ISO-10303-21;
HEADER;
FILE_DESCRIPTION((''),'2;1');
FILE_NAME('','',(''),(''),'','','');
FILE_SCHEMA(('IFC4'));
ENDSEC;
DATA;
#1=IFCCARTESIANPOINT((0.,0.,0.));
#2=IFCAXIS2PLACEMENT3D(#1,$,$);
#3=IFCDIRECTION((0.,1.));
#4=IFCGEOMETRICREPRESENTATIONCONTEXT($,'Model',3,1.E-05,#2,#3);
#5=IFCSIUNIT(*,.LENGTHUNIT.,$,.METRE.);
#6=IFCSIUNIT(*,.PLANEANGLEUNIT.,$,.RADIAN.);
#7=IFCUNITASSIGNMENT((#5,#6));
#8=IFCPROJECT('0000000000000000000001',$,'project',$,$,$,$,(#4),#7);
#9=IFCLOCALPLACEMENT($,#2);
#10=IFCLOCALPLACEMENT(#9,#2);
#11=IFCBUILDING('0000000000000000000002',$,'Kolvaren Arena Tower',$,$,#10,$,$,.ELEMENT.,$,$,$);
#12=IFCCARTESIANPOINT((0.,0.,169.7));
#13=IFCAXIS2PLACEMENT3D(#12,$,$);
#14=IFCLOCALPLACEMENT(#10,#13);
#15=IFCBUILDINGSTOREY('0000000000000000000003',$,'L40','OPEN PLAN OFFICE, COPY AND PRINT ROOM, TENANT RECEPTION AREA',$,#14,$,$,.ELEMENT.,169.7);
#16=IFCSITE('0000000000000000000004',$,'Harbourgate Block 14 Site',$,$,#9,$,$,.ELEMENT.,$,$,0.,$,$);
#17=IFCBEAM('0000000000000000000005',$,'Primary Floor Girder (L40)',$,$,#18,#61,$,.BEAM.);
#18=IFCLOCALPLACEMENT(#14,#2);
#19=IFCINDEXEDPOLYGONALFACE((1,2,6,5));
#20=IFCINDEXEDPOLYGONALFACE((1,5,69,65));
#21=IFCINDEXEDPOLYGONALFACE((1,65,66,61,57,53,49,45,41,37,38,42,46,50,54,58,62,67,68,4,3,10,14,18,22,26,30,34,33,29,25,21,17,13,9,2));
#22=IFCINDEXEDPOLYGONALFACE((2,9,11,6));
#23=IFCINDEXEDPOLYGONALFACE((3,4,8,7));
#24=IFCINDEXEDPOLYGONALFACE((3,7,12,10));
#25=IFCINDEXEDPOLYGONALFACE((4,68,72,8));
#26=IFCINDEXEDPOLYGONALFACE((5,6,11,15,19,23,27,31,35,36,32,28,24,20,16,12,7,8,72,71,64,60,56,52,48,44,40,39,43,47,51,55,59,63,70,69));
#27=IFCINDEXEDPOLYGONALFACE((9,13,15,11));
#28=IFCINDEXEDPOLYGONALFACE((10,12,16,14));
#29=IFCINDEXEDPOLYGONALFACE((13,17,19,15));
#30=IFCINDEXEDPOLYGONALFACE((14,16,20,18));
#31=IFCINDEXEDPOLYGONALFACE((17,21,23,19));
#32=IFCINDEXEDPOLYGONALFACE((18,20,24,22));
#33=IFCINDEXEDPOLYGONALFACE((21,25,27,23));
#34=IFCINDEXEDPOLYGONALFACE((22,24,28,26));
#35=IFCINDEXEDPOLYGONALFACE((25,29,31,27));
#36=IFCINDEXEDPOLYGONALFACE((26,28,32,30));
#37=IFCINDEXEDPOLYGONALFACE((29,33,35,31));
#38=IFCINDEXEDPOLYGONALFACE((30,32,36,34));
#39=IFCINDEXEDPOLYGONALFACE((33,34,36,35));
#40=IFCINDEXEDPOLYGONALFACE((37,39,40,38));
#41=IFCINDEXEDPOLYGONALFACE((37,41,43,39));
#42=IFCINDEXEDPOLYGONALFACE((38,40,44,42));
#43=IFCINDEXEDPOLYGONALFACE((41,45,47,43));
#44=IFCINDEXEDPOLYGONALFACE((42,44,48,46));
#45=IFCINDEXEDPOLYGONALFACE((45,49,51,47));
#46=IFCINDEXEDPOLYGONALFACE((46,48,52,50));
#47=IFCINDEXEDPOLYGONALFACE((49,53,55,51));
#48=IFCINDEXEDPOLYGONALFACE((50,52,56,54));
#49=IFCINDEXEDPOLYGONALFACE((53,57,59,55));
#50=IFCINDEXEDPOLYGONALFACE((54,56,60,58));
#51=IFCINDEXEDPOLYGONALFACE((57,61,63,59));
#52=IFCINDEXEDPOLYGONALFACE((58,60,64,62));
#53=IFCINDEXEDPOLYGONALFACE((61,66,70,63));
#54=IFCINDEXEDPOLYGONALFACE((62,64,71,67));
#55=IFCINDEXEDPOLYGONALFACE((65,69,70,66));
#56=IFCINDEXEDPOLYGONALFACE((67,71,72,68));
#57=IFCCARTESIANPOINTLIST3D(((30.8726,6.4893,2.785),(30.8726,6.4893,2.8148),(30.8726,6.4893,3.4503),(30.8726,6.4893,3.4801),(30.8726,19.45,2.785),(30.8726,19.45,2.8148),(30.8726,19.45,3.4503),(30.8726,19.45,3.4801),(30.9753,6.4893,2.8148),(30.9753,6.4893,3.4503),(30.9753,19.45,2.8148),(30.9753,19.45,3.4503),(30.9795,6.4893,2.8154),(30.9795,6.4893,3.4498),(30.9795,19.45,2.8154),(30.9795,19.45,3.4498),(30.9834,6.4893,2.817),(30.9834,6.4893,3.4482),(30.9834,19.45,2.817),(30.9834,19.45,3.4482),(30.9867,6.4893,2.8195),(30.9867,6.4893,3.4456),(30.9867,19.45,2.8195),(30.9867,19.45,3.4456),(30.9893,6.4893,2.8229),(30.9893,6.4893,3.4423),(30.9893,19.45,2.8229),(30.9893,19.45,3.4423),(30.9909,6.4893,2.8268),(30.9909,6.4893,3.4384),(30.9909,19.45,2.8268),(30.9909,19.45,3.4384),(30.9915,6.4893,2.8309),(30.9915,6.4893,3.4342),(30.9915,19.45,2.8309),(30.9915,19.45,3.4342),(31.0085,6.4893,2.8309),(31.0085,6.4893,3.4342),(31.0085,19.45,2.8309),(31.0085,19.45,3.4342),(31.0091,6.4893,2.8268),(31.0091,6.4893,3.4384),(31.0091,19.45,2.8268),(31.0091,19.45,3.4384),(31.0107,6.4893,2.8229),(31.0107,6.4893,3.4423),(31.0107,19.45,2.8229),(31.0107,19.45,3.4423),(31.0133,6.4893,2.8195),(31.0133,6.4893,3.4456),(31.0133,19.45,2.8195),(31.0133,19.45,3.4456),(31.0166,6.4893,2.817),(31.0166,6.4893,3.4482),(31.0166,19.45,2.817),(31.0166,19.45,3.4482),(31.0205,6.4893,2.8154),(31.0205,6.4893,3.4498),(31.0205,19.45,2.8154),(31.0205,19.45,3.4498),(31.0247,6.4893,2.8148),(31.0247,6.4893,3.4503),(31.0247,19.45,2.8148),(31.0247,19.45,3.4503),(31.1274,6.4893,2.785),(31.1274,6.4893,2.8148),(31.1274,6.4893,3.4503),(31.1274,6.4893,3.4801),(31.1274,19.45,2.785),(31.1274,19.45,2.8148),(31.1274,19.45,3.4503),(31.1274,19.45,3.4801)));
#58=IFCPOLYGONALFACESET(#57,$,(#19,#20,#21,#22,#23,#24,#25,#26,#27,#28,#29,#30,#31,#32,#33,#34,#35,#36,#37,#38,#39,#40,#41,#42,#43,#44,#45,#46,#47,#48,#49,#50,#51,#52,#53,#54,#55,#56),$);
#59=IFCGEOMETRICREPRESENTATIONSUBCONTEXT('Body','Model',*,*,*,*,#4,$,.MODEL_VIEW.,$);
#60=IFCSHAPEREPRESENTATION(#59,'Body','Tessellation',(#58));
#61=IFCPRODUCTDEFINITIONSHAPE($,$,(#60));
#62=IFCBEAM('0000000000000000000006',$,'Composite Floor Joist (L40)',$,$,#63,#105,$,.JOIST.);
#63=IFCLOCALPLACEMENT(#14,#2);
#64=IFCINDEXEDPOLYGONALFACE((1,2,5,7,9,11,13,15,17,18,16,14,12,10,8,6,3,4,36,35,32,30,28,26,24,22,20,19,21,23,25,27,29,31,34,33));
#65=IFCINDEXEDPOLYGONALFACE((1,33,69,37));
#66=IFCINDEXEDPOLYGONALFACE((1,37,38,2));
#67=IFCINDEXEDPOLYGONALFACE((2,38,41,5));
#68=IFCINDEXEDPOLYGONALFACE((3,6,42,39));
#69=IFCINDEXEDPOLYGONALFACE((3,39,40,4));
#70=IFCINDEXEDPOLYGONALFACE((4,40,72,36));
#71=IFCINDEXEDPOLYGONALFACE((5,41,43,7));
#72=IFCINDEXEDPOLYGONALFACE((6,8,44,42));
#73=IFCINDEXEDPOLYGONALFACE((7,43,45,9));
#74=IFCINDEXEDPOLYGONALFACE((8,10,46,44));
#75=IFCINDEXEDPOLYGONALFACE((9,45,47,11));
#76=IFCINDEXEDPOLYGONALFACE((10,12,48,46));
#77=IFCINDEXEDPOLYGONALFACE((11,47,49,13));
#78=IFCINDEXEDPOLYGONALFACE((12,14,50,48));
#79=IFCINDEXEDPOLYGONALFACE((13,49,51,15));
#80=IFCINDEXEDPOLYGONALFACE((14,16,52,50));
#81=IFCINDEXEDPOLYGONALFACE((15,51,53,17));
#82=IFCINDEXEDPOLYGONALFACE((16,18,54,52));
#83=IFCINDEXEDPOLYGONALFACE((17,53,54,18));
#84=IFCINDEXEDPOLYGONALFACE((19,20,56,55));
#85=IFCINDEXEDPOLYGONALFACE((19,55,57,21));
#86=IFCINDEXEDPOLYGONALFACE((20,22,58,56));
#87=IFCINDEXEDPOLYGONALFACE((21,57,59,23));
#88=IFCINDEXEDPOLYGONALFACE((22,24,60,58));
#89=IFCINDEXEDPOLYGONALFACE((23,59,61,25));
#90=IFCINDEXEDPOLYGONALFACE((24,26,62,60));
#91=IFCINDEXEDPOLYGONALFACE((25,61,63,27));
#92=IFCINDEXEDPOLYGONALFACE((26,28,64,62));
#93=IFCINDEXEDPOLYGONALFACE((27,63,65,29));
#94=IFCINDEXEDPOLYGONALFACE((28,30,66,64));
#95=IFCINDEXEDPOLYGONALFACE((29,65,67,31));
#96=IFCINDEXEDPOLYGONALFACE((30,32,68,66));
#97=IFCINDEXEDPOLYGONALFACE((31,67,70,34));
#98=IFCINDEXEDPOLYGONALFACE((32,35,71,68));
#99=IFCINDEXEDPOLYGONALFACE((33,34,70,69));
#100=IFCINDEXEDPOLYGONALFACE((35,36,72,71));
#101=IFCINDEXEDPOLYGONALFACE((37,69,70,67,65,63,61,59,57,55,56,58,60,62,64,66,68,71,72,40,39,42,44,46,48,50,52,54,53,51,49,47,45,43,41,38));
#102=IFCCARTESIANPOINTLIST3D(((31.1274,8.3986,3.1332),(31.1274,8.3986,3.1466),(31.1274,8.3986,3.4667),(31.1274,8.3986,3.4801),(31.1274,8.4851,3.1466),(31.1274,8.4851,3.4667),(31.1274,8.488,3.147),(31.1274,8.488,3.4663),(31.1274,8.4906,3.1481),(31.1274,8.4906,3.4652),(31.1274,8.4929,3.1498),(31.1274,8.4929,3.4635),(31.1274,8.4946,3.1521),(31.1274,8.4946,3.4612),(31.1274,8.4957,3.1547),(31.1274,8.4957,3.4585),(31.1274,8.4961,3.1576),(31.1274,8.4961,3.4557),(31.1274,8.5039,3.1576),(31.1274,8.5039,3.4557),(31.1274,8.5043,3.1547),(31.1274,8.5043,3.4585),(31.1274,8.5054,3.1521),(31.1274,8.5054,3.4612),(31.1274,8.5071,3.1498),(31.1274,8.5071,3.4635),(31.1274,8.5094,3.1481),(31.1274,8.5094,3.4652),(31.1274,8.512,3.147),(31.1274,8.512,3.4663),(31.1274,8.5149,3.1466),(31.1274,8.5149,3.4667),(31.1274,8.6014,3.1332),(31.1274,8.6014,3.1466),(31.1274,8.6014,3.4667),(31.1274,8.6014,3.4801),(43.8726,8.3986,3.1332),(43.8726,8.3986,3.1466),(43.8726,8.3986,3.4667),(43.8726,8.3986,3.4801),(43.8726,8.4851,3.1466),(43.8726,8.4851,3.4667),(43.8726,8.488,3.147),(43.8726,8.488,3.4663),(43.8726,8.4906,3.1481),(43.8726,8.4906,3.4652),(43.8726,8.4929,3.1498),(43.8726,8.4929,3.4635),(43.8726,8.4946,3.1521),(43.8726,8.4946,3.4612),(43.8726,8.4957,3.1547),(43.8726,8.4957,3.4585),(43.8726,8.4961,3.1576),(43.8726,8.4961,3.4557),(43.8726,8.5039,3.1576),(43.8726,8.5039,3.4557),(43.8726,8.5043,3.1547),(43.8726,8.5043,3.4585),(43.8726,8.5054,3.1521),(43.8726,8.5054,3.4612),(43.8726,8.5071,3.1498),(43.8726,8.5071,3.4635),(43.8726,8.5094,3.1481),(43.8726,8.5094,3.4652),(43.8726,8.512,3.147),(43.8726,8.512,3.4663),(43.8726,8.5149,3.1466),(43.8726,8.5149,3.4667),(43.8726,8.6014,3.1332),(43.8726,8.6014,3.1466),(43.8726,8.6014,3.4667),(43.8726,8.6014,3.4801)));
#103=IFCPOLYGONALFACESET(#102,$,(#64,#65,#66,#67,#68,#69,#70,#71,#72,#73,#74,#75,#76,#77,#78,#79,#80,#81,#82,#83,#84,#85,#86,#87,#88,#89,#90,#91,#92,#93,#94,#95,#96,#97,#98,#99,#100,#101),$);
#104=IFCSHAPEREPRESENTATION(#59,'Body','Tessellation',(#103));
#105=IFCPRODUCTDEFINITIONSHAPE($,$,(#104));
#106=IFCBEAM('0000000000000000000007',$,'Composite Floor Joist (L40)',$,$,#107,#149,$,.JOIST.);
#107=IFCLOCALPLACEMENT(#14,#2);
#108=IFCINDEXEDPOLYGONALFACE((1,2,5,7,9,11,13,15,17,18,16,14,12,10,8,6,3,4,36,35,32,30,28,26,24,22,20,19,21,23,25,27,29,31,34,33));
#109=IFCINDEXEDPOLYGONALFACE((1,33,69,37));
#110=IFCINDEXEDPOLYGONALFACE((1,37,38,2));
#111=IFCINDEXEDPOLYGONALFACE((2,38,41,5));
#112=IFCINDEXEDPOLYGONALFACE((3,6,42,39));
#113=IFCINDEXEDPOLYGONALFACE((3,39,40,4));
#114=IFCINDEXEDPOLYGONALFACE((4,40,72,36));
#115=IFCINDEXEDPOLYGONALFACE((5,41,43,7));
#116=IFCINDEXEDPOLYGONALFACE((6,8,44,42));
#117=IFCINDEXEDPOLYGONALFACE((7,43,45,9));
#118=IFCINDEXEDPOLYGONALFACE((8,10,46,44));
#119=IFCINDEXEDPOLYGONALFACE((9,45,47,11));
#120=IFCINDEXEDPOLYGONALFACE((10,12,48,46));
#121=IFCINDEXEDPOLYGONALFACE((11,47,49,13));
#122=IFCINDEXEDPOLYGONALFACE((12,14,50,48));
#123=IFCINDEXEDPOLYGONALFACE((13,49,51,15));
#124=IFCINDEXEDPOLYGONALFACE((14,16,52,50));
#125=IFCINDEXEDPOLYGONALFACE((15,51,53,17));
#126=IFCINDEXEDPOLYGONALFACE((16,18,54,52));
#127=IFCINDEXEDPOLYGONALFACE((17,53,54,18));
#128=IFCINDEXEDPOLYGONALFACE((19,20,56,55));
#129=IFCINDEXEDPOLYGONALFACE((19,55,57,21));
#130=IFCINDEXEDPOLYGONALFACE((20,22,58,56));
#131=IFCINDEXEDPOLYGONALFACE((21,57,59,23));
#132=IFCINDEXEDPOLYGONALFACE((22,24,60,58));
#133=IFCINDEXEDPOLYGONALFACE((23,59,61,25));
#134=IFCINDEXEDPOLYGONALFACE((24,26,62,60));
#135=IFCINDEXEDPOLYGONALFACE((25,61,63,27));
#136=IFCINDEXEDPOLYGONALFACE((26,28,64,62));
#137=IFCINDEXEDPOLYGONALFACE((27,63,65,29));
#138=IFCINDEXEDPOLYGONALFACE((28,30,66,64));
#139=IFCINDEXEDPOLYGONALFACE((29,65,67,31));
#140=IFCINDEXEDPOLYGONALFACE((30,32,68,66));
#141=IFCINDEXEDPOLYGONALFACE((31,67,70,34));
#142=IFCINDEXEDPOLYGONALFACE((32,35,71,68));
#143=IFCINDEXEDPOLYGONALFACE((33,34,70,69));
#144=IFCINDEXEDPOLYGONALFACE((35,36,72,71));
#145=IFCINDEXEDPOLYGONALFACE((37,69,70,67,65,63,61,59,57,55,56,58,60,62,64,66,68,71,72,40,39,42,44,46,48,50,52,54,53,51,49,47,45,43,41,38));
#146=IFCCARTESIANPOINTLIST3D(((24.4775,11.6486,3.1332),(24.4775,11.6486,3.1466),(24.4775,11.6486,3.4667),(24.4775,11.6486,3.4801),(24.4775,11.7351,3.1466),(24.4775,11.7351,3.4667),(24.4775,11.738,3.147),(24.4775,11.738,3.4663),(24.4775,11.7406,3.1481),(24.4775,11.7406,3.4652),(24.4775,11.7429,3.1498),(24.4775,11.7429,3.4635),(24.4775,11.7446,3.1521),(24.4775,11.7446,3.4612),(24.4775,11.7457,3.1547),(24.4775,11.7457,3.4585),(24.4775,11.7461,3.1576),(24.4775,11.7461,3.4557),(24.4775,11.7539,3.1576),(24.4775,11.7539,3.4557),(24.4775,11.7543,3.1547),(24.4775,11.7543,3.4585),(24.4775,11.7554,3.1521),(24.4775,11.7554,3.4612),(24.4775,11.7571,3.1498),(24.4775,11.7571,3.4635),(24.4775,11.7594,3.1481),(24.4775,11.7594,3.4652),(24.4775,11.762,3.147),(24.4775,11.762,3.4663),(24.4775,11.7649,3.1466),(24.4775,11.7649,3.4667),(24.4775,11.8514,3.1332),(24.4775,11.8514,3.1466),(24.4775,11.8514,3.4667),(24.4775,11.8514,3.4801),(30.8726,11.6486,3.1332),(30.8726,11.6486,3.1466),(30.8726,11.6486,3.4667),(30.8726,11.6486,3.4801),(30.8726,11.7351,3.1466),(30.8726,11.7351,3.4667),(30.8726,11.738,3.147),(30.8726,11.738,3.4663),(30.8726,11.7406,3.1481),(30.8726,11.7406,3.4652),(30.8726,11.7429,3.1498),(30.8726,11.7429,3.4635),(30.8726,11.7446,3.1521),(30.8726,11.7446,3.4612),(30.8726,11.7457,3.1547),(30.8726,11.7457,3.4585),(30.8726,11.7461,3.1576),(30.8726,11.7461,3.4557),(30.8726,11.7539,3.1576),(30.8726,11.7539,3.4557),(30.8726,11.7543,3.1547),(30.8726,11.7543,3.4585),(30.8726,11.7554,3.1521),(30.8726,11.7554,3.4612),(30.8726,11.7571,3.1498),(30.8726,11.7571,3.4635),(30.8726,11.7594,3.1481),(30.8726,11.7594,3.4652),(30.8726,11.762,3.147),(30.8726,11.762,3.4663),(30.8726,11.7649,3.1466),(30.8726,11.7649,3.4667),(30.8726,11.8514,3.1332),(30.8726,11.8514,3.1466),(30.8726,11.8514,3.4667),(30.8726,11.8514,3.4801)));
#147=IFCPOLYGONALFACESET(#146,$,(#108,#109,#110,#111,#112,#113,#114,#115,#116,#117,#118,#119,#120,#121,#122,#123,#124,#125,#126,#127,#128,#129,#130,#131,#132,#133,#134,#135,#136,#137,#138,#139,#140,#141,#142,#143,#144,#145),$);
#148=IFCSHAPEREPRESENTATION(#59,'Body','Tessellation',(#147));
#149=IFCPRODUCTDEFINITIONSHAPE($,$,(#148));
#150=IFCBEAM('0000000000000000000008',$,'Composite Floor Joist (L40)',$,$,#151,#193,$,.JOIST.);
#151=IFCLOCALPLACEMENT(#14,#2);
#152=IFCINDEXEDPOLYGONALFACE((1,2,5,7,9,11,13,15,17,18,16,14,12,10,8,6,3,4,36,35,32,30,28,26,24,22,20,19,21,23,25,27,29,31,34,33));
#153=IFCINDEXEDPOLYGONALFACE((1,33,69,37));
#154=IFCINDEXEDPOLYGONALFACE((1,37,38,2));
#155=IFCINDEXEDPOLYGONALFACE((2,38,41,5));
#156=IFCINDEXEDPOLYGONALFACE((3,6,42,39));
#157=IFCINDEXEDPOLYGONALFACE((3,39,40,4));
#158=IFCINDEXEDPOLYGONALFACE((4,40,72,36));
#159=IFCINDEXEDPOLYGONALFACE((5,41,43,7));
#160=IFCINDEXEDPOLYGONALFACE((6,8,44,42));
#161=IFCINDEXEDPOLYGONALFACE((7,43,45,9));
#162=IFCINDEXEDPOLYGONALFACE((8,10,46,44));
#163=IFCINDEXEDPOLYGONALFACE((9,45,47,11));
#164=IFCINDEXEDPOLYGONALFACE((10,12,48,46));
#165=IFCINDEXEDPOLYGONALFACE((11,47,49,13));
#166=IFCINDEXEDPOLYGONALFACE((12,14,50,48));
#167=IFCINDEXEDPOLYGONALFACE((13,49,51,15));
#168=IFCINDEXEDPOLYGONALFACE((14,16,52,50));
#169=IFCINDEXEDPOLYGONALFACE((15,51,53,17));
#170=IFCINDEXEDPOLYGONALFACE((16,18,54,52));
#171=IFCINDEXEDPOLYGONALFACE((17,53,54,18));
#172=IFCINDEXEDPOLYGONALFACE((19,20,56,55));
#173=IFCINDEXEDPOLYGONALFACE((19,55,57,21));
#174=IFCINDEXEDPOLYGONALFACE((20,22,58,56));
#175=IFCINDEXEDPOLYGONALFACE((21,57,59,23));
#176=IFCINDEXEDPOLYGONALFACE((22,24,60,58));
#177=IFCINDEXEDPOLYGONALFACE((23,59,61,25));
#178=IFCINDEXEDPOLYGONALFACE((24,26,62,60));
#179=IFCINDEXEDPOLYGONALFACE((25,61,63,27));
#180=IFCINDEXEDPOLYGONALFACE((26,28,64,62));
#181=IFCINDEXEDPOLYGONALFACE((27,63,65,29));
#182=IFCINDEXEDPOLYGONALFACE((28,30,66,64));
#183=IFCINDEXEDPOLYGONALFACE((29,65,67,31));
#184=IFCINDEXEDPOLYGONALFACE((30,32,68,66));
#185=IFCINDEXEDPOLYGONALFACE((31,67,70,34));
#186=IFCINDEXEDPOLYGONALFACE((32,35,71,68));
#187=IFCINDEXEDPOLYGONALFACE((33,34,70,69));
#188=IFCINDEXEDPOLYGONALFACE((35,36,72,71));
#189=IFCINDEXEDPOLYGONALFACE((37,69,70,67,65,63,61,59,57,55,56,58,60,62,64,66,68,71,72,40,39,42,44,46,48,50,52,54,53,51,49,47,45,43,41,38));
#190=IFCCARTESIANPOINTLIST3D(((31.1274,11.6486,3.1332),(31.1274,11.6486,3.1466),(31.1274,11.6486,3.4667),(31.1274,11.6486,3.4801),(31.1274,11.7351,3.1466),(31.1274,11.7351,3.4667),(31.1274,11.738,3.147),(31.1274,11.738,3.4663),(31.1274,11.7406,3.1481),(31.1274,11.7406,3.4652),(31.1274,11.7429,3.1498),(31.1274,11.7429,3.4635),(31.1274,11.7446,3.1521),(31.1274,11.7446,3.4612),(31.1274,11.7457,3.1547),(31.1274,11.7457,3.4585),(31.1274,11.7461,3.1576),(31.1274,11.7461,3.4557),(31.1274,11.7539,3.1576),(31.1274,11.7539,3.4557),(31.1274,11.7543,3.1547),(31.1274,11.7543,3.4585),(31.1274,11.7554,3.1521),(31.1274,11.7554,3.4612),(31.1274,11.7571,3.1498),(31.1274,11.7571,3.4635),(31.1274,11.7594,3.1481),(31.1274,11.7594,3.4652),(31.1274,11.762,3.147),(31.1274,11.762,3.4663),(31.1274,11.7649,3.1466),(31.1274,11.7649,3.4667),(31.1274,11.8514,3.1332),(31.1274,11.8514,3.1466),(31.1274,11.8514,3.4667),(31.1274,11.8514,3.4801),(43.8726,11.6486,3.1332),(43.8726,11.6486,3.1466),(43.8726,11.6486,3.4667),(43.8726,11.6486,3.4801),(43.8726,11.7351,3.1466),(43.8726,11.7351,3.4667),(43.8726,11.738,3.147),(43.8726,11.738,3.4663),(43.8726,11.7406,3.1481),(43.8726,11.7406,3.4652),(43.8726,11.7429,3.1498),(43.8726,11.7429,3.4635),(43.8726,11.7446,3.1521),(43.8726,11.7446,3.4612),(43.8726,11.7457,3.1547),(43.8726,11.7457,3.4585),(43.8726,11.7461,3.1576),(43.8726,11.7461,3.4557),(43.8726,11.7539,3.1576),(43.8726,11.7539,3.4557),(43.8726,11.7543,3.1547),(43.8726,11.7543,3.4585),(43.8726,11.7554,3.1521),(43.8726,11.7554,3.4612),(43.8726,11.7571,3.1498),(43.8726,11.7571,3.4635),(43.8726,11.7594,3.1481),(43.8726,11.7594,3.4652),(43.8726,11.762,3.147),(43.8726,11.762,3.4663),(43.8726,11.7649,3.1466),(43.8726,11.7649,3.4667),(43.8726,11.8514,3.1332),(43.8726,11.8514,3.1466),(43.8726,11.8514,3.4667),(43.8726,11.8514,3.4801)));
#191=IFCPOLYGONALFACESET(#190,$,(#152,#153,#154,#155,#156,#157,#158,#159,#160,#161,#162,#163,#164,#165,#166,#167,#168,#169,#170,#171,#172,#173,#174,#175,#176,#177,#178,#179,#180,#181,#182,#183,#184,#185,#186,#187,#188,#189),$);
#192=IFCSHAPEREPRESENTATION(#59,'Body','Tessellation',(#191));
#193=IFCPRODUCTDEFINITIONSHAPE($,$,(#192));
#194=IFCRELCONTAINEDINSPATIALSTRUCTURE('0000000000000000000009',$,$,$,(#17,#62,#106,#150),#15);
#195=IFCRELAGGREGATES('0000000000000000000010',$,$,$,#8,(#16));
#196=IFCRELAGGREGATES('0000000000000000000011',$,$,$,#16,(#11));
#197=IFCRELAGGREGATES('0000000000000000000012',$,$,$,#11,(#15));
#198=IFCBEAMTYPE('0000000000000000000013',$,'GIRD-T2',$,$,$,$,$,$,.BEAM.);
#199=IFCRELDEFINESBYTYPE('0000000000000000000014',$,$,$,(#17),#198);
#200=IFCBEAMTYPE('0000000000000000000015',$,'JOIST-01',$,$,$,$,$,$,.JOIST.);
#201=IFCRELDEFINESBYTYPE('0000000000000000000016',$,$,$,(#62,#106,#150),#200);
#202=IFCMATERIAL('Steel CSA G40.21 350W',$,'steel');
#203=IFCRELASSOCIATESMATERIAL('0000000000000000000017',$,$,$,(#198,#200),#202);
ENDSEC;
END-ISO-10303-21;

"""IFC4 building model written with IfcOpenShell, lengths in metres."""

from ifc_helpers import new_model, si_unit, direction, frame, origin, origin_2d, place, context, subcontext, project, spatial, i_section, extrude, material, material_profile, profile_set, type_object, element, save


model = new_model("IFC4")

# Units and contexts
model_context = context("Model", 3, precision=1e-05, world=origin(), true_north=direction((0.0, 1.0)))
body_context = subcontext(model_context, "Body", "Model", "MODEL_VIEW")
ifc_project = project(units=[si_unit("LENGTHUNIT", "METRE"), si_unit("PLANEANGLEUNIT", "RADIAN")], contexts=[model_context])

# Site, building, storey
site_placement = place(None, origin())
site = spatial("IfcSite", under=ifc_project, at=site_placement, Name="Harbourgate Block 14 Site", CompositionType="ELEMENT", RefElevation=0.0)
building_placement = place(site_placement, origin())
building = spatial("IfcBuilding", under=site, at=building_placement, Name="Kolvaren Arena Tower", CompositionType="ELEMENT")
storey_placement = place(building_placement, frame((0.0, 0.0, 169.7)))
storey = spatial("IfcBuildingStorey", under=building, at=storey_placement, Name="L40", Description="OPEN PLAN OFFICE, COPY AND PRINT ROOM, TENANT RECEPTION AREA", CompositionType="ELEMENT", Elevation=169.7)

# Beams
ifc_material_1 = material(Name="Steel CSA G40.21 350W", Category="steel")
ifc_material_profile_1 = material_profile(ifc_material_1, i_section(OverallWidth=0.2549, OverallDepth=0.6951, WebThickness=0.0171, FlangeThickness=0.0298, FilletRadius=0.0161, at=origin_2d()), Name="W690x217")
ifc_profile_set_1 = profile_set([ifc_material_profile_1], Name="Steel CSA G40.21 350W")
beam_type_1 = type_object("IfcBeamType", Name="GIRD-T2", PredefinedType="BEAM", material=ifc_profile_set_1)
beam_1_placement = place(storey_placement, frame((31.0, 6.4893, 3.1326), z_axis=(0.0, 1.0, 0.0), x_axis=(-1.0, 0.0, 0.0)))
element("IfcBeam", 1, at=beam_1_placement, inside=storey, type_object=beam_type_1, Name="Primary Floor Girder (L40)", PredefinedType="BEAM", context=body_context, shape_type="SweptSolid", body=[
    extrude(i_section(OverallWidth=0.2549, OverallDepth=0.6951, WebThickness=0.0171, FlangeThickness=0.0298, FilletRadius=0.0161, at=origin_2d()), origin(), (0.0, 0.0, 1.0), 12.9607),
])
ifc_material_profile_2 = material_profile(ifc_material_1, i_section(OverallWidth=0.2029, OverallDepth=0.3469, WebThickness=0.0078, FlangeThickness=0.0134, FilletRadius=0.011, at=origin_2d()), Name="W360x64")
ifc_profile_set_2 = profile_set([ifc_material_profile_2], Name="Steel CSA G40.21 350W")
beam_type_2 = type_object("IfcBeamType", Name="JOIST-01", PredefinedType="JOIST", material=ifc_profile_set_2)
beam_2_placement = place(storey_placement, frame((31.1274, 8.5, 3.3066), z_axis=(1.0, 0.0, 0.0), x_axis=(0.0, 1.0, 0.0)))
element("IfcBeam", 2, at=beam_2_placement, inside=storey, type_object=beam_type_2, Name="Composite Floor Joist (L40)", PredefinedType="JOIST", context=body_context, shape_type="SweptSolid", body=[
    extrude(i_section(OverallWidth=0.2029, OverallDepth=0.3469, WebThickness=0.0078, FlangeThickness=0.0134, FilletRadius=0.011, at=origin_2d()), origin(), (0.0, 0.0, 1.0), 12.7451),
])
beam_3_placement = place(storey_placement, frame((24.4775, 11.75, 3.3066), z_axis=(1.0, 0.0, 0.0), x_axis=(0.0, 1.0, 0.0)))
element("IfcBeam", 3, at=beam_3_placement, inside=storey, type_object=beam_type_2, Name="Composite Floor Joist (L40)", PredefinedType="JOIST", context=body_context, shape_type="SweptSolid", body=[
    extrude(i_section(OverallWidth=0.2029, OverallDepth=0.3469, WebThickness=0.0078, FlangeThickness=0.0134, FilletRadius=0.011, at=origin_2d()), origin(), (0.0, 0.0, 1.0), 6.395),
])
beam_4_placement = place(storey_placement, frame((31.1274, 11.75, 3.3066), z_axis=(1.0, 0.0, 0.0), x_axis=(0.0, 1.0, 0.0)))
element("IfcBeam", 4, at=beam_4_placement, inside=storey, type_object=beam_type_2, Name="Composite Floor Joist (L40)", PredefinedType="JOIST", context=body_context, shape_type="SweptSolid", body=[
    extrude(i_section(OverallWidth=0.2029, OverallDepth=0.3469, WebThickness=0.0078, FlangeThickness=0.0134, FilletRadius=0.011, at=origin_2d()), origin(), (0.0, 0.0, 1.0), 12.7451),
])

save(model, "model.ifc")
